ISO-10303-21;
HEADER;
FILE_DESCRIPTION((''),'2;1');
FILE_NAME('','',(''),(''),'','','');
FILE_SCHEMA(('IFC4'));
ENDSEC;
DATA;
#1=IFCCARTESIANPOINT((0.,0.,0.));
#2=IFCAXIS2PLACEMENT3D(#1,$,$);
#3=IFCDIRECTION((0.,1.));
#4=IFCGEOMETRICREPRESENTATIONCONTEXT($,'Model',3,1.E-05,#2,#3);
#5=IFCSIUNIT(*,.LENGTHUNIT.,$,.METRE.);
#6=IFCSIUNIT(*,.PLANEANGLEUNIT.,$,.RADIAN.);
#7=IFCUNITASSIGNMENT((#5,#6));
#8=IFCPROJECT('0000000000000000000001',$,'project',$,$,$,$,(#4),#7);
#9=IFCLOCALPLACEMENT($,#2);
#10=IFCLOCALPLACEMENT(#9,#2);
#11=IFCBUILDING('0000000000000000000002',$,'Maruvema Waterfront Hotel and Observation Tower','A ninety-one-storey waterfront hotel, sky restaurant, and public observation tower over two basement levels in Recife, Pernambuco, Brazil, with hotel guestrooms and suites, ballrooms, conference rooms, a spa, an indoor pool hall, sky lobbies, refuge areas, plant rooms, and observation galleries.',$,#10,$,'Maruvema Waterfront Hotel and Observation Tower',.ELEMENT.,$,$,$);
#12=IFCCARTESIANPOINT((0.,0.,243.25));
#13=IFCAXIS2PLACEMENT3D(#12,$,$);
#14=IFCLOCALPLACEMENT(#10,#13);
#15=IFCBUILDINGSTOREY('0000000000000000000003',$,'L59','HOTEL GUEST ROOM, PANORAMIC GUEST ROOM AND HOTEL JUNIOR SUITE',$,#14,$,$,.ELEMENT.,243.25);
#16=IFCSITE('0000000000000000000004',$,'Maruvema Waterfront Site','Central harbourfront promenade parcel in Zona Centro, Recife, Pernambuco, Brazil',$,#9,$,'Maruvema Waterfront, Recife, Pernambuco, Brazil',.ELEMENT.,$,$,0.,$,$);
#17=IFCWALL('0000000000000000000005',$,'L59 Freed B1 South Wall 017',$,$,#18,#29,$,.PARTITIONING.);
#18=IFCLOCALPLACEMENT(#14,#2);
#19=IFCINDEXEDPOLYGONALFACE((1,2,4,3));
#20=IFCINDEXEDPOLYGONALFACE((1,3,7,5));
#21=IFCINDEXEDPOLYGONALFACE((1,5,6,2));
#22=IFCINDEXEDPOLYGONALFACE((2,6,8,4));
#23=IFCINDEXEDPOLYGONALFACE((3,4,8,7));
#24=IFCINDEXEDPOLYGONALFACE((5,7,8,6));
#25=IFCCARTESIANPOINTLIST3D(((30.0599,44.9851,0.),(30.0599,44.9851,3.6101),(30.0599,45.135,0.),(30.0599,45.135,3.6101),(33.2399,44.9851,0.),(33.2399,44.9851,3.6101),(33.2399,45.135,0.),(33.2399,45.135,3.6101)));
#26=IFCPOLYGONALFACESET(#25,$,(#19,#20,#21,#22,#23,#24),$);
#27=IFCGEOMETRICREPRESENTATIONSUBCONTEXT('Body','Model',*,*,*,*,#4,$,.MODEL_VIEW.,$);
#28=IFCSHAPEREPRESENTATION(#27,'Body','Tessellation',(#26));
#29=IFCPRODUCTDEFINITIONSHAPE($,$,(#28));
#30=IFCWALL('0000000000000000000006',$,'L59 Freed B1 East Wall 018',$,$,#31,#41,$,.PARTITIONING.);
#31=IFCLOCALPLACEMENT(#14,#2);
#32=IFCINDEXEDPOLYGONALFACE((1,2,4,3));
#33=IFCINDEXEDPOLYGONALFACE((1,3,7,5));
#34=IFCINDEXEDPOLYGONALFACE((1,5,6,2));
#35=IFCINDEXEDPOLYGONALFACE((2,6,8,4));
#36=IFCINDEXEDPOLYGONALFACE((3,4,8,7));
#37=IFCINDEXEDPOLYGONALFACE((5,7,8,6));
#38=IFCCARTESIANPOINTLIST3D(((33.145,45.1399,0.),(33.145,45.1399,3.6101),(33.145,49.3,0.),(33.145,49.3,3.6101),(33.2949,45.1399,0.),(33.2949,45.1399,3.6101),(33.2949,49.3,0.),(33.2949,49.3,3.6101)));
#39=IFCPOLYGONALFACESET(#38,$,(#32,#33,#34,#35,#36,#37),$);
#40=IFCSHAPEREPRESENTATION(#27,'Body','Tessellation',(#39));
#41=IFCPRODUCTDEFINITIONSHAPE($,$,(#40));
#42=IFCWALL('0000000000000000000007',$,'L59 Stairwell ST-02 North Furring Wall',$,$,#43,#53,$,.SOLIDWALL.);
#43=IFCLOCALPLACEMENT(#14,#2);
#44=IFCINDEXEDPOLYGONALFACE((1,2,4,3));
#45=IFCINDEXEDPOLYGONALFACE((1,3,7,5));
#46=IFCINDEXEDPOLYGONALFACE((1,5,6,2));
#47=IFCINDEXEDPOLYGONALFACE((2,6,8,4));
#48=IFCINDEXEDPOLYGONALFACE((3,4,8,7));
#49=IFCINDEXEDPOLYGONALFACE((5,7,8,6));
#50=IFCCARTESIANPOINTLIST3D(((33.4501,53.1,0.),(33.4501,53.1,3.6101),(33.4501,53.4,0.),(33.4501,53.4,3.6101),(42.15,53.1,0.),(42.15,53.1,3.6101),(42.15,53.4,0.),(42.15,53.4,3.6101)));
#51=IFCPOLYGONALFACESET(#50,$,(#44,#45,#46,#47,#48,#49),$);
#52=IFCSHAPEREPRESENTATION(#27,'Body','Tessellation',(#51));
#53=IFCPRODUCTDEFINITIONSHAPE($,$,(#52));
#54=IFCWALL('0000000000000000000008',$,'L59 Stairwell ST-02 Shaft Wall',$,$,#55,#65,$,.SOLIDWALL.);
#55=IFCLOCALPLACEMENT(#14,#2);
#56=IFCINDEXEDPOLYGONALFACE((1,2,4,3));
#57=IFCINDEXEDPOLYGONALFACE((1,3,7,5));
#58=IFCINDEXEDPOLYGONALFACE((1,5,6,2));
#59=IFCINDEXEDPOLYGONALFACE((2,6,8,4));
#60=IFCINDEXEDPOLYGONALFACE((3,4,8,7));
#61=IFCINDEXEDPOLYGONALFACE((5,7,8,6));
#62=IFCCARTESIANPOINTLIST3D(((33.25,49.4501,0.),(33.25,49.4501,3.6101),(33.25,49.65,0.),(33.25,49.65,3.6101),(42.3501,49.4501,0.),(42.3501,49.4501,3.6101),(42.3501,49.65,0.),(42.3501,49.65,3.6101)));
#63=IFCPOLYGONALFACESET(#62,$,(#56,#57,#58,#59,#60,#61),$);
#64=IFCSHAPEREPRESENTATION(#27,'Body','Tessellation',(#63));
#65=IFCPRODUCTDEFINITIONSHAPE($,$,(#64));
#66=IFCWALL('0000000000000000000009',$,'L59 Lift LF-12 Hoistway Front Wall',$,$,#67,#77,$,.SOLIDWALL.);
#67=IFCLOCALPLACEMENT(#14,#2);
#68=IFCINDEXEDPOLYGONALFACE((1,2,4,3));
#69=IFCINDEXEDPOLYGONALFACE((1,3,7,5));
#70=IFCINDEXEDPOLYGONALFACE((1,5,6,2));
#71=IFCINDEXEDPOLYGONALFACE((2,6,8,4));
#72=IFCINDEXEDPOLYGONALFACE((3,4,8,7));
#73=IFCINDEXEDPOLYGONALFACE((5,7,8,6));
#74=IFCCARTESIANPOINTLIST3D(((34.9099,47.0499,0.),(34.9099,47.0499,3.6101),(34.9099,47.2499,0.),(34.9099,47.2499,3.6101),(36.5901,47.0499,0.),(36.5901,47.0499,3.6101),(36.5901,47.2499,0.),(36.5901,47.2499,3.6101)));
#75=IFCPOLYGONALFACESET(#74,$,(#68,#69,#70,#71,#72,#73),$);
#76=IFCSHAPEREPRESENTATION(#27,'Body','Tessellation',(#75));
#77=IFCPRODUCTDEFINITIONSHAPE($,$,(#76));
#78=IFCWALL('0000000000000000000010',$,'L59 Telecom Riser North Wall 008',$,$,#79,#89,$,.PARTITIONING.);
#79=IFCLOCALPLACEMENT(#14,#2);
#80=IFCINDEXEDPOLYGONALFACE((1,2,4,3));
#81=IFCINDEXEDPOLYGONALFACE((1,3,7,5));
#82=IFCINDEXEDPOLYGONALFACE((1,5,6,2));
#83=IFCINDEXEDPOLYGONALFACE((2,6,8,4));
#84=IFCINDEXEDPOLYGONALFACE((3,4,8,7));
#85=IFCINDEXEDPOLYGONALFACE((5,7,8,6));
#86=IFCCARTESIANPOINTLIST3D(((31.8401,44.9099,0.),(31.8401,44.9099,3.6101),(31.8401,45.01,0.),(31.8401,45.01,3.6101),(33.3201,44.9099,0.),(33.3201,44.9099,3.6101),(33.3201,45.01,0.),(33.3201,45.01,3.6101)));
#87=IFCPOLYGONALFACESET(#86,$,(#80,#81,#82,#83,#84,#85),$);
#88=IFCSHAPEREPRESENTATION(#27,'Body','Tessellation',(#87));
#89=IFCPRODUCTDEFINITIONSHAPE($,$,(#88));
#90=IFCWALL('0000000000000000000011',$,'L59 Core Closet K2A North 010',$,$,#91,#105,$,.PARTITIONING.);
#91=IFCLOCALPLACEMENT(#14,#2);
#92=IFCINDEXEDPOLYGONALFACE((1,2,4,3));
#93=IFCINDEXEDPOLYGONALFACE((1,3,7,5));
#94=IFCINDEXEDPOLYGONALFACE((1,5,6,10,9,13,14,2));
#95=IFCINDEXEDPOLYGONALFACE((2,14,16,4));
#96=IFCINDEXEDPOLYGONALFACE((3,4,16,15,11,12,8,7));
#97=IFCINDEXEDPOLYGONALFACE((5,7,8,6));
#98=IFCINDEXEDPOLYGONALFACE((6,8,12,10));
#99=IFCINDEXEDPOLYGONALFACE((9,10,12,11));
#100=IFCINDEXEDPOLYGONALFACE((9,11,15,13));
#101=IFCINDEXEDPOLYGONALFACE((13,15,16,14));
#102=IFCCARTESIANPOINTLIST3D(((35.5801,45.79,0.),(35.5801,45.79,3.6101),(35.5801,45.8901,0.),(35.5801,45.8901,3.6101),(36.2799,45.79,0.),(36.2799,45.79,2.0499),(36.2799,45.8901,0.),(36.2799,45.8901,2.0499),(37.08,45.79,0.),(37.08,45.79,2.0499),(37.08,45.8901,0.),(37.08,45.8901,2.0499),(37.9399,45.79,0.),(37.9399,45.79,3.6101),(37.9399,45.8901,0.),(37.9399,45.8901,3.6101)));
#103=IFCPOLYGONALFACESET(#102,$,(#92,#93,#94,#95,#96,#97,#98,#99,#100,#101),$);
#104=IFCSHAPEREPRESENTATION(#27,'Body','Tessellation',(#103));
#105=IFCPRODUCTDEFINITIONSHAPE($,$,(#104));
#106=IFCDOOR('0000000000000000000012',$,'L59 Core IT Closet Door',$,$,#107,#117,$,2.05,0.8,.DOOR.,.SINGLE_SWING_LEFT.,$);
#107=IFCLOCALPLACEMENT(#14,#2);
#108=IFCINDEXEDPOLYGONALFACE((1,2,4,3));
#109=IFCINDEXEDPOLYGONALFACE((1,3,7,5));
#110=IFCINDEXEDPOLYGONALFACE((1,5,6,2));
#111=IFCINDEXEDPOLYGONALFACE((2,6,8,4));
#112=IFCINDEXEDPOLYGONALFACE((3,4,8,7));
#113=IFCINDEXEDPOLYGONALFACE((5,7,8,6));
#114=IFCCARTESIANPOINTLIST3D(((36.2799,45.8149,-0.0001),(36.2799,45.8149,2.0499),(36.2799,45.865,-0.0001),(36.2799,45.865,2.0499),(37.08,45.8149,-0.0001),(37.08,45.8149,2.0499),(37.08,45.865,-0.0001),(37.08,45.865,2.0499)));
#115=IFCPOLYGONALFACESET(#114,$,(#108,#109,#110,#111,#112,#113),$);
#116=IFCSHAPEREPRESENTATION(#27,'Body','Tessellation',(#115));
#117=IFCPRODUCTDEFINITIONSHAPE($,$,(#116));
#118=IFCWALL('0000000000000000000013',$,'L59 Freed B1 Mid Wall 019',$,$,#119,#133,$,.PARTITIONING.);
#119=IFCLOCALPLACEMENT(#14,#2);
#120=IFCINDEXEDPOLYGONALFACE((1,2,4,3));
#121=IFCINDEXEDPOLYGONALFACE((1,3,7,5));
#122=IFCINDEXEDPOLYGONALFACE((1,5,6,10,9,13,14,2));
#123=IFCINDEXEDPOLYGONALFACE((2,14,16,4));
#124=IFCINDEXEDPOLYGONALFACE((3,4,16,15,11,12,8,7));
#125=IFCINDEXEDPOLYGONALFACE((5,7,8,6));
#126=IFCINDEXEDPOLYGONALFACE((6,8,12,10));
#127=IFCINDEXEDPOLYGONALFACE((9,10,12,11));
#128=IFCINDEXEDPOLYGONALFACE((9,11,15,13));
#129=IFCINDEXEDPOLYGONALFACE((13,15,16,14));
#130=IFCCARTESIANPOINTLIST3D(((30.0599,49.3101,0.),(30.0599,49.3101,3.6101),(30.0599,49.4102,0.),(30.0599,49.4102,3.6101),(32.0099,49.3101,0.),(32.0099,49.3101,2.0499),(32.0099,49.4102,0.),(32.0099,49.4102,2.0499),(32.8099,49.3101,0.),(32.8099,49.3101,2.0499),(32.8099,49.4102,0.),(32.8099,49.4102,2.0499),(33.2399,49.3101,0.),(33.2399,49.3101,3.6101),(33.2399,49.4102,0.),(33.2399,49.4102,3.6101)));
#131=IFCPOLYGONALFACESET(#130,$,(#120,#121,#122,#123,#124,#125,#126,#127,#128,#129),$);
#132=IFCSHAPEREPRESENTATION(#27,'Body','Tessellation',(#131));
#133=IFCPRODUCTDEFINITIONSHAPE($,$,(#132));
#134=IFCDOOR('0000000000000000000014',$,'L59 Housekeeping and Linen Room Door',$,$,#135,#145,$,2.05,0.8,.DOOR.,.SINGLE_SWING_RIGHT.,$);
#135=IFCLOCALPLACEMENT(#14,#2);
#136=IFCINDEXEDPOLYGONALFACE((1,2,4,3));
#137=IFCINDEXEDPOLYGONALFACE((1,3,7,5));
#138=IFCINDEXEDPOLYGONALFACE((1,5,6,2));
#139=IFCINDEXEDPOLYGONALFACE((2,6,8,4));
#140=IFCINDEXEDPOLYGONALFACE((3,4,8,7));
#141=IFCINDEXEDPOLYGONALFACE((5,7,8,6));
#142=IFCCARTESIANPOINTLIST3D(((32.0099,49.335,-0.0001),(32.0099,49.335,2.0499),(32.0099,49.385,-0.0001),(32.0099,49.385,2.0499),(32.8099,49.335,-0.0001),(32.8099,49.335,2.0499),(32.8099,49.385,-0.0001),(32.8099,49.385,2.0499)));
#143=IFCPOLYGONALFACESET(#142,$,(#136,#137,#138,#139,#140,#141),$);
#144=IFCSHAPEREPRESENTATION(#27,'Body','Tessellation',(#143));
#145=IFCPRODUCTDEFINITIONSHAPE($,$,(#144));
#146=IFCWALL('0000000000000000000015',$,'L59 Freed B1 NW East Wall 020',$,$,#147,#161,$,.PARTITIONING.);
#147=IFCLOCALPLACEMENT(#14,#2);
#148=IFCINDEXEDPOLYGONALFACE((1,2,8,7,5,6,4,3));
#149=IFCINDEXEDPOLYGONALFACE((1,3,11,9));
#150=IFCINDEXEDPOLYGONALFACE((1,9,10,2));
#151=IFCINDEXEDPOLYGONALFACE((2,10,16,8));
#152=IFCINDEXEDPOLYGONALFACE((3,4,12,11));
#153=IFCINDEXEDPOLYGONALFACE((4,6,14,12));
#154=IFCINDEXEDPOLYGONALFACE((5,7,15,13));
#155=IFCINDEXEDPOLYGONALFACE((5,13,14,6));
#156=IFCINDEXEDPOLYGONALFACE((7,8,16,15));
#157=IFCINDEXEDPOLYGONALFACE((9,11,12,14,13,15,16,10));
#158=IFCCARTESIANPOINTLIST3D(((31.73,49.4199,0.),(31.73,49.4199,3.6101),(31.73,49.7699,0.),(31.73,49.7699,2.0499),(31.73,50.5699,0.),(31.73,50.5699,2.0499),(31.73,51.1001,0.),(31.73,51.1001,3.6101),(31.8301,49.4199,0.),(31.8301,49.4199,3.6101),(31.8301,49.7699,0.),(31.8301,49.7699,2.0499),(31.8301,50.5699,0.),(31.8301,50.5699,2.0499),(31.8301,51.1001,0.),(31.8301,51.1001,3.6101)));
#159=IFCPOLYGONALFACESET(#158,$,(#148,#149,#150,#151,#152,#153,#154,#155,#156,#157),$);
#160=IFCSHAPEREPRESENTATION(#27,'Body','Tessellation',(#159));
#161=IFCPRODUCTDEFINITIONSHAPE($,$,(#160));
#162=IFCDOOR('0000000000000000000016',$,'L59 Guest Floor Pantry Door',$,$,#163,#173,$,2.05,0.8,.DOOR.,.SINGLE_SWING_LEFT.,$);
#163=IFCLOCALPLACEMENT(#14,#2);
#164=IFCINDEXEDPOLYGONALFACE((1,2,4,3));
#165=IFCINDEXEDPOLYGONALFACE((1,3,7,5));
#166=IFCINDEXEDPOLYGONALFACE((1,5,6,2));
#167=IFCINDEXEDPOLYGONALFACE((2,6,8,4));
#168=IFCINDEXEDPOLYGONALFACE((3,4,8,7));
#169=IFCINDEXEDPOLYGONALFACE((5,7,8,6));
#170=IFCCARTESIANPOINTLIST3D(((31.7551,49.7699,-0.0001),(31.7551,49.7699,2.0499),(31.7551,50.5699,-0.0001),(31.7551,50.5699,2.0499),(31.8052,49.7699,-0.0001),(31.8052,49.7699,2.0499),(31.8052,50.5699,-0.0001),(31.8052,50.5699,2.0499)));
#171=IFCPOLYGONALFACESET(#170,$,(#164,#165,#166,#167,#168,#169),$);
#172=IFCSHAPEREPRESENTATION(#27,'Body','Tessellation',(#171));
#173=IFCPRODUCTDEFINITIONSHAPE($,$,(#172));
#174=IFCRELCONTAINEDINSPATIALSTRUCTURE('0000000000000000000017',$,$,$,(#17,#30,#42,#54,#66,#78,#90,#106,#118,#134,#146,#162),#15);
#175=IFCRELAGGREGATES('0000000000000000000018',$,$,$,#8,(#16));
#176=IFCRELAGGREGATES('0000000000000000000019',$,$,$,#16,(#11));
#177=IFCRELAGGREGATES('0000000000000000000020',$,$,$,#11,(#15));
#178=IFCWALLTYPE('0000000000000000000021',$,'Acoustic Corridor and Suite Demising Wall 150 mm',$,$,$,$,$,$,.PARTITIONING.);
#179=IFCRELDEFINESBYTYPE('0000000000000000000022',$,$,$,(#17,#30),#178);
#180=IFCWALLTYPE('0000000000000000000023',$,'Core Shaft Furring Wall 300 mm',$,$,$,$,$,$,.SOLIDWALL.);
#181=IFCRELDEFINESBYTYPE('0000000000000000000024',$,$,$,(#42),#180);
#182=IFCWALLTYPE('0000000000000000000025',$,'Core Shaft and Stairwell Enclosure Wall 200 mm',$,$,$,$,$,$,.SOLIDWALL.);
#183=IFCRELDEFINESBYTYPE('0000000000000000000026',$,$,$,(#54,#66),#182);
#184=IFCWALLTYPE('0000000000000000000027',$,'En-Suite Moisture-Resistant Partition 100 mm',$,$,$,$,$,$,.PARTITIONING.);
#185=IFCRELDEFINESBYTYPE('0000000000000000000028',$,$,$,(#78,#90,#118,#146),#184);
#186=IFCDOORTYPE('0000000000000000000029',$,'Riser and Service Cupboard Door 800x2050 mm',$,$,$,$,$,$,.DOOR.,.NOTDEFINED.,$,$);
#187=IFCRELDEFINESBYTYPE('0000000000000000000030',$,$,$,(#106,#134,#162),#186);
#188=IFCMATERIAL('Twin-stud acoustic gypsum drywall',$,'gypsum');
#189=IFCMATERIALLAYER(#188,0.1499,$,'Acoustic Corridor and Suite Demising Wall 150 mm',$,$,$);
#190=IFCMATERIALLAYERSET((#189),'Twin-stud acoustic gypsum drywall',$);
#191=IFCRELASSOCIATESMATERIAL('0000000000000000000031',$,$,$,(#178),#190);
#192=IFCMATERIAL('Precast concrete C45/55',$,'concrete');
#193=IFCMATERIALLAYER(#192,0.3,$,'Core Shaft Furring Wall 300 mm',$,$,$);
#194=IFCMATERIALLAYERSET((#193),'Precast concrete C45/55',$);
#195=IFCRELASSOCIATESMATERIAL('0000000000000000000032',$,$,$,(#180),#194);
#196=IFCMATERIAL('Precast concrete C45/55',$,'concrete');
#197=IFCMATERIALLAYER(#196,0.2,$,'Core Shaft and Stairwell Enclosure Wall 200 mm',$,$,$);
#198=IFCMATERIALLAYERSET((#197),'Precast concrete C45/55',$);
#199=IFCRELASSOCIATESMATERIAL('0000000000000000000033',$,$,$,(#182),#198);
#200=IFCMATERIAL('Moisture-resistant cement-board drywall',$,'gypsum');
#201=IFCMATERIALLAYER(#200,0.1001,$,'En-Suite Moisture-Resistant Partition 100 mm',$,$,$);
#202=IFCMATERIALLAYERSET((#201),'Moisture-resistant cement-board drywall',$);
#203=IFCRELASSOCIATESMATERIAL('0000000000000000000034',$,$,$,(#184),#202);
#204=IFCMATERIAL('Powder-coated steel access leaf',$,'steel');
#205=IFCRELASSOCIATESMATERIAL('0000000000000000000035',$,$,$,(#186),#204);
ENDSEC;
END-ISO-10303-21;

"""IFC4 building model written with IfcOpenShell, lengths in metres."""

from ifc_helpers import new_model, si_unit, direction, frame, frame_2d, origin, place, context, subcontext, project, spatial, rectangle, extrude, material, layer, layer_set, type_object, element, fill, save


model = new_model("IFC4")

# Units and contexts
model_context = context("Model", 3, precision=1e-05, world=origin(), true_north=direction((0.0, 1.0)))
body_context = subcontext(model_context, "Body", "Model", "MODEL_VIEW")
ifc_project = project(units=[si_unit("LENGTHUNIT", "METRE"), si_unit("PLANEANGLEUNIT", "RADIAN")], contexts=[model_context])

# Site, building, storey
site_placement = place(None, origin())
site = spatial("IfcSite", under=ifc_project, at=site_placement, Name="Maruvema Waterfront Site", Description="Central harbourfront promenade parcel in Zona Centro, Recife, Pernambuco, Brazil", LongName="Maruvema Waterfront, Recife, Pernambuco, Brazil", CompositionType="ELEMENT", RefElevation=0.0)
building_placement = place(site_placement, origin())
building = spatial("IfcBuilding", under=site, at=building_placement, Name="Maruvema Waterfront Hotel and Observation Tower", Description="A ninety-one-storey waterfront hotel, sky restaurant, and public observation tower over two basement levels in Recife, Pernambuco, Brazil, with hotel guestrooms and suites, ballrooms, conference rooms, a spa, an indoor pool hall, sky lobbies, refuge areas, plant rooms, and observation galleries.", LongName="Maruvema Waterfront Hotel and Observation Tower", CompositionType="ELEMENT")
storey_placement = place(building_placement, frame((0.0, 0.0, 243.25)))
storey = spatial("IfcBuildingStorey", under=building, at=storey_placement, Name="L59", Description="HOTEL GUEST ROOM, PANORAMIC GUEST ROOM AND HOTEL JUNIOR SUITE", CompositionType="ELEMENT", Elevation=243.25)

# Walls
ifc_material_1 = material(Name="Twin-stud acoustic gypsum drywall", Category="gypsum")
ifc_layer_1 = layer(ifc_material_1, 0.1499, Name="Acoustic Corridor and Suite Demising Wall 150 mm")
ifc_layer_set_1 = layer_set([ifc_layer_1], Name="Twin-stud acoustic gypsum drywall")
wall_type_1 = type_object("IfcWallType", Name="Acoustic Corridor and Suite Demising Wall 150 mm", PredefinedType="PARTITIONING", material=ifc_layer_set_1)
wall_1_placement = place(storey_placement, frame((30.0601, 45.0601, 0.0), z_axis=(0.0, 0.0, 1.0), x_axis=(1.0, 0.0, 0.0)))
element("IfcWall", 1, at=wall_1_placement, inside=storey, type_object=wall_type_1, Name="L59 Freed B1 South Wall 017", PredefinedType="PARTITIONING", context=body_context, shape_type="SweptSolid", body=[
    extrude(rectangle(XDim=3.1799, YDim=0.1499, at=frame_2d((1.5898, 0.0))), origin(), (0.0, 0.0, 1.0), 3.6101),
])
wall_2_placement = place(storey_placement, frame((33.22, 45.1399, 0.0), z_axis=(0.0, 0.0, 1.0), x_axis=(0.0, 1.0, 0.0)))
element("IfcWall", 2, at=wall_2_placement, inside=storey, type_object=wall_type_1, Name="L59 Freed B1 East Wall 018", PredefinedType="PARTITIONING", context=body_context, shape_type="SweptSolid", body=[
    extrude(rectangle(XDim=4.1602, YDim=0.1499, at=frame_2d((2.0801, 0.0))), origin(), (0.0, 0.0, 1.0), 3.6101),
])
ifc_material_2 = material(Name="Precast concrete C45/55", Category="concrete")
ifc_layer_2 = layer(ifc_material_2, 0.3, Name="Core Shaft Furring Wall 300 mm")
ifc_layer_set_2 = layer_set([ifc_layer_2], Name="Precast concrete C45/55")
wall_type_2 = type_object("IfcWallType", Name="Core Shaft Furring Wall 300 mm", PredefinedType="SOLIDWALL", material=ifc_layer_set_2)
wall_3_placement = place(storey_placement, frame((33.45, 53.25, 0.0), z_axis=(0.0, 0.0, 1.0), x_axis=(1.0, 0.0, 0.0)))
element("IfcWall", 3, at=wall_3_placement, inside=storey, type_object=wall_type_2, Name="L59 Stairwell ST-02 North Furring Wall", PredefinedType="SOLIDWALL", context=body_context, shape_type="SweptSolid", body=[
    extrude(rectangle(XDim=8.7, YDim=0.3, at=frame_2d((4.3501, 0.0))), origin(), (0.0, 0.0, 1.0), 3.6101),
])
ifc_material_3 = material(Name="Precast concrete C45/55", Category="concrete")
ifc_layer_3 = layer(ifc_material_3, 0.2, Name="Core Shaft and Stairwell Enclosure Wall 200 mm")
ifc_layer_set_3 = layer_set([ifc_layer_3], Name="Precast concrete C45/55")
wall_type_3 = type_object("IfcWallType", Name="Core Shaft and Stairwell Enclosure Wall 200 mm", PredefinedType="SOLIDWALL", material=ifc_layer_set_3)
wall_4_placement = place(storey_placement, frame((33.25, 49.55, 0.0), z_axis=(0.0, 0.0, 1.0), x_axis=(1.0, 0.0, 0.0)))
element("IfcWall", 4, at=wall_4_placement, inside=storey, type_object=wall_type_3, Name="L59 Stairwell ST-02 Shaft Wall", PredefinedType="SOLIDWALL", context=body_context, shape_type="SweptSolid", body=[
    extrude(rectangle(XDim=9.1001, YDim=0.2, at=frame_2d((4.55, 0.0))), origin(), (0.0, 0.0, 1.0), 3.6101),
])

# Walls
wall_5_placement = place(storey_placement, frame((34.9099, 47.1499, 0.0), z_axis=(0.0, 0.0, 1.0), x_axis=(1.0, 0.0, 0.0)))
element("IfcWall", 5, at=wall_5_placement, inside=storey, type_object=wall_type_3, Name="L59 Lift LF-12 Hoistway Front Wall", PredefinedType="SOLIDWALL", context=body_context, shape_type="SweptSolid", body=[
    extrude(rectangle(XDim=1.6802, YDim=0.2, at=frame_2d((0.8401, 0.0))), origin(), (0.0, 0.0, 1.0), 3.6101),
])
ifc_material_4 = material(Name="Moisture-resistant cement-board drywall", Category="gypsum")
ifc_layer_4 = layer(ifc_material_4, 0.1001, Name="En-Suite Moisture-Resistant Partition 100 mm")
ifc_layer_set_4 = layer_set([ifc_layer_4], Name="Moisture-resistant cement-board drywall")
wall_type_4 = type_object("IfcWallType", Name="En-Suite Moisture-Resistant Partition 100 mm", PredefinedType="PARTITIONING", material=ifc_layer_set_4)
wall_6_placement = place(storey_placement, frame((31.8401, 44.96, 0.0), z_axis=(0.0, 0.0, 1.0), x_axis=(1.0, 0.0, 0.0)))
element("IfcWall", 6, at=wall_6_placement, inside=storey, type_object=wall_type_4, Name="L59 Telecom Riser North Wall 008", PredefinedType="PARTITIONING", context=body_context, shape_type="SweptSolid", body=[
    extrude(rectangle(XDim=1.48, YDim=0.1001, at=frame_2d((0.74, 0.0))), origin(), (0.0, 0.0, 1.0), 3.6101),
])

# Walls, openings, doors
wall_7_placement = place(storey_placement, frame((35.5801, 45.8401, 0.0), z_axis=(0.0, 0.0, 1.0), x_axis=(1.0, 0.0, 0.0)))
wall_7 = element("IfcWall", 7, at=wall_7_placement, inside=storey, type_object=wall_type_4, Name="L59 Core Closet K2A North 010", PredefinedType="PARTITIONING", context=body_context, shape_type="SweptSolid", body=[
    extrude(rectangle(XDim=2.3599, YDim=0.1001, at=frame_2d((1.1799, 0.0))), origin(), (0.0, 0.0, 1.0), 3.6101),
])
opening_1_placement = place(wall_7_placement, frame((0.7, 0.0, 0.0)))
opening_1 = element("IfcOpeningElement", 8, at=opening_1_placement, cuts=wall_7, PredefinedType="OPENING", context=body_context, shape_type="SweptSolid", body=[
    extrude(rectangle(XDim=0.8, YDim=2.05, at=frame_2d((0.3999, 1.0249))), frame((0.0, 0.0601, 0.0), z_axis=(0.0, -1.0, 0.0), x_axis=(1.0, 0.0, 0.0)), (0.0, 0.0, 1.0), 0.1201),
])
ifc_material_5 = material(Name="Powder-coated steel access leaf", Category="steel")
door_type_1 = type_object("IfcDoorType", Name="Riser and Service Cupboard Door 800x2050 mm", OperationType="NOTDEFINED", PredefinedType="DOOR", material=ifc_material_5)
door_1_placement = place(opening_1_placement, origin())
door_1 = element("IfcDoor", 9, at=door_1_placement, inside=storey, type_object=door_type_1, Name="L59 Core IT Closet Door", OperationType="SINGLE_SWING_LEFT", OverallHeight=2.05, OverallWidth=0.8, PredefinedType="DOOR", context=body_context, shape_type="SweptSolid", body=[
    extrude(rectangle(XDim=0.8, YDim=2.05, at=frame_2d((0.3999, 1.0249))), frame((0.0, 0.0249, 0.0), z_axis=(0.0, -1.0, 0.0), x_axis=(1.0, 0.0, 0.0)), (0.0, 0.0, 1.0), 0.05),
])
fill(opening_1, door_1)
wall_8_placement = place(storey_placement, frame((30.0601, 49.3601, 0.0), z_axis=(0.0, 0.0, 1.0), x_axis=(1.0, 0.0, 0.0)))
wall_8 = element("IfcWall", 10, at=wall_8_placement, inside=storey, type_object=wall_type_4, Name="L59 Freed B1 Mid Wall 019", PredefinedType="PARTITIONING", context=body_context, shape_type="SweptSolid", body=[
    extrude(rectangle(XDim=3.1799, YDim=0.1001, at=frame_2d((1.5898, 0.0))), origin(), (0.0, 0.0, 1.0), 3.6101),
])
opening_2_placement = place(wall_8_placement, frame((1.95, 0.0, 0.0)))
opening_2 = element("IfcOpeningElement", 11, at=opening_2_placement, cuts=wall_8, PredefinedType="OPENING", context=body_context, shape_type="SweptSolid", body=[
    extrude(rectangle(XDim=0.8, YDim=2.05, at=frame_2d((0.3999, 1.0249))), frame((0.0, 0.0601, 0.0), z_axis=(0.0, -1.0, 0.0), x_axis=(1.0, 0.0, 0.0)), (0.0, 0.0, 1.0), 0.1201),
])
door_2_placement = place(opening_2_placement, origin())
door_2 = element("IfcDoor", 12, at=door_2_placement, inside=storey, type_object=door_type_1, Name="L59 Housekeeping and Linen Room Door", OperationType="SINGLE_SWING_RIGHT", OverallHeight=2.05, OverallWidth=0.8, PredefinedType="DOOR", context=body_context, shape_type="SweptSolid", body=[
    extrude(rectangle(XDim=0.8, YDim=2.05, at=frame_2d((0.3999, 1.0249))), frame((0.0, 0.0249, 0.0), z_axis=(0.0, -1.0, 0.0), x_axis=(1.0, 0.0, 0.0)), (0.0, 0.0, 1.0), 0.05),
])
fill(opening_2, door_2)
wall_9_placement = place(storey_placement, frame((31.78, 49.4199, 0.0), z_axis=(0.0, 0.0, 1.0), x_axis=(0.0, 1.0, 0.0)))
wall_9 = element("IfcWall", 13, at=wall_9_placement, inside=storey, type_object=wall_type_4, Name="L59 Freed B1 NW East Wall 020", PredefinedType="PARTITIONING", context=body_context, shape_type="SweptSolid", body=[
    extrude(rectangle(XDim=1.6802, YDim=0.1001, at=frame_2d((0.8401, 0.0))), origin(), (0.0, 0.0, 1.0), 3.6101),
])
opening_3_placement = place(wall_9_placement, frame((0.3501, 0.0, 0.0)))
opening_3 = element("IfcOpeningElement", 14, at=opening_3_placement, cuts=wall_9, PredefinedType="OPENING", context=body_context, shape_type="SweptSolid", body=[
    extrude(rectangle(XDim=0.8, YDim=2.05, at=frame_2d((0.3999, 1.0249))), frame((0.0, 0.0601, 0.0), z_axis=(0.0, -1.0, 0.0), x_axis=(1.0, 0.0, 0.0)), (0.0, 0.0, 1.0), 0.1201),
])
door_3_placement = place(opening_3_placement, origin())
door_3 = element("IfcDoor", 15, at=door_3_placement, inside=storey, type_object=door_type_1, Name="L59 Guest Floor Pantry Door", OperationType="SINGLE_SWING_LEFT", OverallHeight=2.05, OverallWidth=0.8, PredefinedType="DOOR", context=body_context, shape_type="SweptSolid", body=[
    extrude(rectangle(XDim=0.8, YDim=2.05, at=frame_2d((0.3999, 1.0249))), frame((0.0, 0.0249, 0.0), z_axis=(0.0, -1.0, 0.0), x_axis=(1.0, 0.0, 0.0)), (0.0, 0.0, 1.0), 0.05),
])
fill(opening_3, door_3)

save(model, "model.ifc")
